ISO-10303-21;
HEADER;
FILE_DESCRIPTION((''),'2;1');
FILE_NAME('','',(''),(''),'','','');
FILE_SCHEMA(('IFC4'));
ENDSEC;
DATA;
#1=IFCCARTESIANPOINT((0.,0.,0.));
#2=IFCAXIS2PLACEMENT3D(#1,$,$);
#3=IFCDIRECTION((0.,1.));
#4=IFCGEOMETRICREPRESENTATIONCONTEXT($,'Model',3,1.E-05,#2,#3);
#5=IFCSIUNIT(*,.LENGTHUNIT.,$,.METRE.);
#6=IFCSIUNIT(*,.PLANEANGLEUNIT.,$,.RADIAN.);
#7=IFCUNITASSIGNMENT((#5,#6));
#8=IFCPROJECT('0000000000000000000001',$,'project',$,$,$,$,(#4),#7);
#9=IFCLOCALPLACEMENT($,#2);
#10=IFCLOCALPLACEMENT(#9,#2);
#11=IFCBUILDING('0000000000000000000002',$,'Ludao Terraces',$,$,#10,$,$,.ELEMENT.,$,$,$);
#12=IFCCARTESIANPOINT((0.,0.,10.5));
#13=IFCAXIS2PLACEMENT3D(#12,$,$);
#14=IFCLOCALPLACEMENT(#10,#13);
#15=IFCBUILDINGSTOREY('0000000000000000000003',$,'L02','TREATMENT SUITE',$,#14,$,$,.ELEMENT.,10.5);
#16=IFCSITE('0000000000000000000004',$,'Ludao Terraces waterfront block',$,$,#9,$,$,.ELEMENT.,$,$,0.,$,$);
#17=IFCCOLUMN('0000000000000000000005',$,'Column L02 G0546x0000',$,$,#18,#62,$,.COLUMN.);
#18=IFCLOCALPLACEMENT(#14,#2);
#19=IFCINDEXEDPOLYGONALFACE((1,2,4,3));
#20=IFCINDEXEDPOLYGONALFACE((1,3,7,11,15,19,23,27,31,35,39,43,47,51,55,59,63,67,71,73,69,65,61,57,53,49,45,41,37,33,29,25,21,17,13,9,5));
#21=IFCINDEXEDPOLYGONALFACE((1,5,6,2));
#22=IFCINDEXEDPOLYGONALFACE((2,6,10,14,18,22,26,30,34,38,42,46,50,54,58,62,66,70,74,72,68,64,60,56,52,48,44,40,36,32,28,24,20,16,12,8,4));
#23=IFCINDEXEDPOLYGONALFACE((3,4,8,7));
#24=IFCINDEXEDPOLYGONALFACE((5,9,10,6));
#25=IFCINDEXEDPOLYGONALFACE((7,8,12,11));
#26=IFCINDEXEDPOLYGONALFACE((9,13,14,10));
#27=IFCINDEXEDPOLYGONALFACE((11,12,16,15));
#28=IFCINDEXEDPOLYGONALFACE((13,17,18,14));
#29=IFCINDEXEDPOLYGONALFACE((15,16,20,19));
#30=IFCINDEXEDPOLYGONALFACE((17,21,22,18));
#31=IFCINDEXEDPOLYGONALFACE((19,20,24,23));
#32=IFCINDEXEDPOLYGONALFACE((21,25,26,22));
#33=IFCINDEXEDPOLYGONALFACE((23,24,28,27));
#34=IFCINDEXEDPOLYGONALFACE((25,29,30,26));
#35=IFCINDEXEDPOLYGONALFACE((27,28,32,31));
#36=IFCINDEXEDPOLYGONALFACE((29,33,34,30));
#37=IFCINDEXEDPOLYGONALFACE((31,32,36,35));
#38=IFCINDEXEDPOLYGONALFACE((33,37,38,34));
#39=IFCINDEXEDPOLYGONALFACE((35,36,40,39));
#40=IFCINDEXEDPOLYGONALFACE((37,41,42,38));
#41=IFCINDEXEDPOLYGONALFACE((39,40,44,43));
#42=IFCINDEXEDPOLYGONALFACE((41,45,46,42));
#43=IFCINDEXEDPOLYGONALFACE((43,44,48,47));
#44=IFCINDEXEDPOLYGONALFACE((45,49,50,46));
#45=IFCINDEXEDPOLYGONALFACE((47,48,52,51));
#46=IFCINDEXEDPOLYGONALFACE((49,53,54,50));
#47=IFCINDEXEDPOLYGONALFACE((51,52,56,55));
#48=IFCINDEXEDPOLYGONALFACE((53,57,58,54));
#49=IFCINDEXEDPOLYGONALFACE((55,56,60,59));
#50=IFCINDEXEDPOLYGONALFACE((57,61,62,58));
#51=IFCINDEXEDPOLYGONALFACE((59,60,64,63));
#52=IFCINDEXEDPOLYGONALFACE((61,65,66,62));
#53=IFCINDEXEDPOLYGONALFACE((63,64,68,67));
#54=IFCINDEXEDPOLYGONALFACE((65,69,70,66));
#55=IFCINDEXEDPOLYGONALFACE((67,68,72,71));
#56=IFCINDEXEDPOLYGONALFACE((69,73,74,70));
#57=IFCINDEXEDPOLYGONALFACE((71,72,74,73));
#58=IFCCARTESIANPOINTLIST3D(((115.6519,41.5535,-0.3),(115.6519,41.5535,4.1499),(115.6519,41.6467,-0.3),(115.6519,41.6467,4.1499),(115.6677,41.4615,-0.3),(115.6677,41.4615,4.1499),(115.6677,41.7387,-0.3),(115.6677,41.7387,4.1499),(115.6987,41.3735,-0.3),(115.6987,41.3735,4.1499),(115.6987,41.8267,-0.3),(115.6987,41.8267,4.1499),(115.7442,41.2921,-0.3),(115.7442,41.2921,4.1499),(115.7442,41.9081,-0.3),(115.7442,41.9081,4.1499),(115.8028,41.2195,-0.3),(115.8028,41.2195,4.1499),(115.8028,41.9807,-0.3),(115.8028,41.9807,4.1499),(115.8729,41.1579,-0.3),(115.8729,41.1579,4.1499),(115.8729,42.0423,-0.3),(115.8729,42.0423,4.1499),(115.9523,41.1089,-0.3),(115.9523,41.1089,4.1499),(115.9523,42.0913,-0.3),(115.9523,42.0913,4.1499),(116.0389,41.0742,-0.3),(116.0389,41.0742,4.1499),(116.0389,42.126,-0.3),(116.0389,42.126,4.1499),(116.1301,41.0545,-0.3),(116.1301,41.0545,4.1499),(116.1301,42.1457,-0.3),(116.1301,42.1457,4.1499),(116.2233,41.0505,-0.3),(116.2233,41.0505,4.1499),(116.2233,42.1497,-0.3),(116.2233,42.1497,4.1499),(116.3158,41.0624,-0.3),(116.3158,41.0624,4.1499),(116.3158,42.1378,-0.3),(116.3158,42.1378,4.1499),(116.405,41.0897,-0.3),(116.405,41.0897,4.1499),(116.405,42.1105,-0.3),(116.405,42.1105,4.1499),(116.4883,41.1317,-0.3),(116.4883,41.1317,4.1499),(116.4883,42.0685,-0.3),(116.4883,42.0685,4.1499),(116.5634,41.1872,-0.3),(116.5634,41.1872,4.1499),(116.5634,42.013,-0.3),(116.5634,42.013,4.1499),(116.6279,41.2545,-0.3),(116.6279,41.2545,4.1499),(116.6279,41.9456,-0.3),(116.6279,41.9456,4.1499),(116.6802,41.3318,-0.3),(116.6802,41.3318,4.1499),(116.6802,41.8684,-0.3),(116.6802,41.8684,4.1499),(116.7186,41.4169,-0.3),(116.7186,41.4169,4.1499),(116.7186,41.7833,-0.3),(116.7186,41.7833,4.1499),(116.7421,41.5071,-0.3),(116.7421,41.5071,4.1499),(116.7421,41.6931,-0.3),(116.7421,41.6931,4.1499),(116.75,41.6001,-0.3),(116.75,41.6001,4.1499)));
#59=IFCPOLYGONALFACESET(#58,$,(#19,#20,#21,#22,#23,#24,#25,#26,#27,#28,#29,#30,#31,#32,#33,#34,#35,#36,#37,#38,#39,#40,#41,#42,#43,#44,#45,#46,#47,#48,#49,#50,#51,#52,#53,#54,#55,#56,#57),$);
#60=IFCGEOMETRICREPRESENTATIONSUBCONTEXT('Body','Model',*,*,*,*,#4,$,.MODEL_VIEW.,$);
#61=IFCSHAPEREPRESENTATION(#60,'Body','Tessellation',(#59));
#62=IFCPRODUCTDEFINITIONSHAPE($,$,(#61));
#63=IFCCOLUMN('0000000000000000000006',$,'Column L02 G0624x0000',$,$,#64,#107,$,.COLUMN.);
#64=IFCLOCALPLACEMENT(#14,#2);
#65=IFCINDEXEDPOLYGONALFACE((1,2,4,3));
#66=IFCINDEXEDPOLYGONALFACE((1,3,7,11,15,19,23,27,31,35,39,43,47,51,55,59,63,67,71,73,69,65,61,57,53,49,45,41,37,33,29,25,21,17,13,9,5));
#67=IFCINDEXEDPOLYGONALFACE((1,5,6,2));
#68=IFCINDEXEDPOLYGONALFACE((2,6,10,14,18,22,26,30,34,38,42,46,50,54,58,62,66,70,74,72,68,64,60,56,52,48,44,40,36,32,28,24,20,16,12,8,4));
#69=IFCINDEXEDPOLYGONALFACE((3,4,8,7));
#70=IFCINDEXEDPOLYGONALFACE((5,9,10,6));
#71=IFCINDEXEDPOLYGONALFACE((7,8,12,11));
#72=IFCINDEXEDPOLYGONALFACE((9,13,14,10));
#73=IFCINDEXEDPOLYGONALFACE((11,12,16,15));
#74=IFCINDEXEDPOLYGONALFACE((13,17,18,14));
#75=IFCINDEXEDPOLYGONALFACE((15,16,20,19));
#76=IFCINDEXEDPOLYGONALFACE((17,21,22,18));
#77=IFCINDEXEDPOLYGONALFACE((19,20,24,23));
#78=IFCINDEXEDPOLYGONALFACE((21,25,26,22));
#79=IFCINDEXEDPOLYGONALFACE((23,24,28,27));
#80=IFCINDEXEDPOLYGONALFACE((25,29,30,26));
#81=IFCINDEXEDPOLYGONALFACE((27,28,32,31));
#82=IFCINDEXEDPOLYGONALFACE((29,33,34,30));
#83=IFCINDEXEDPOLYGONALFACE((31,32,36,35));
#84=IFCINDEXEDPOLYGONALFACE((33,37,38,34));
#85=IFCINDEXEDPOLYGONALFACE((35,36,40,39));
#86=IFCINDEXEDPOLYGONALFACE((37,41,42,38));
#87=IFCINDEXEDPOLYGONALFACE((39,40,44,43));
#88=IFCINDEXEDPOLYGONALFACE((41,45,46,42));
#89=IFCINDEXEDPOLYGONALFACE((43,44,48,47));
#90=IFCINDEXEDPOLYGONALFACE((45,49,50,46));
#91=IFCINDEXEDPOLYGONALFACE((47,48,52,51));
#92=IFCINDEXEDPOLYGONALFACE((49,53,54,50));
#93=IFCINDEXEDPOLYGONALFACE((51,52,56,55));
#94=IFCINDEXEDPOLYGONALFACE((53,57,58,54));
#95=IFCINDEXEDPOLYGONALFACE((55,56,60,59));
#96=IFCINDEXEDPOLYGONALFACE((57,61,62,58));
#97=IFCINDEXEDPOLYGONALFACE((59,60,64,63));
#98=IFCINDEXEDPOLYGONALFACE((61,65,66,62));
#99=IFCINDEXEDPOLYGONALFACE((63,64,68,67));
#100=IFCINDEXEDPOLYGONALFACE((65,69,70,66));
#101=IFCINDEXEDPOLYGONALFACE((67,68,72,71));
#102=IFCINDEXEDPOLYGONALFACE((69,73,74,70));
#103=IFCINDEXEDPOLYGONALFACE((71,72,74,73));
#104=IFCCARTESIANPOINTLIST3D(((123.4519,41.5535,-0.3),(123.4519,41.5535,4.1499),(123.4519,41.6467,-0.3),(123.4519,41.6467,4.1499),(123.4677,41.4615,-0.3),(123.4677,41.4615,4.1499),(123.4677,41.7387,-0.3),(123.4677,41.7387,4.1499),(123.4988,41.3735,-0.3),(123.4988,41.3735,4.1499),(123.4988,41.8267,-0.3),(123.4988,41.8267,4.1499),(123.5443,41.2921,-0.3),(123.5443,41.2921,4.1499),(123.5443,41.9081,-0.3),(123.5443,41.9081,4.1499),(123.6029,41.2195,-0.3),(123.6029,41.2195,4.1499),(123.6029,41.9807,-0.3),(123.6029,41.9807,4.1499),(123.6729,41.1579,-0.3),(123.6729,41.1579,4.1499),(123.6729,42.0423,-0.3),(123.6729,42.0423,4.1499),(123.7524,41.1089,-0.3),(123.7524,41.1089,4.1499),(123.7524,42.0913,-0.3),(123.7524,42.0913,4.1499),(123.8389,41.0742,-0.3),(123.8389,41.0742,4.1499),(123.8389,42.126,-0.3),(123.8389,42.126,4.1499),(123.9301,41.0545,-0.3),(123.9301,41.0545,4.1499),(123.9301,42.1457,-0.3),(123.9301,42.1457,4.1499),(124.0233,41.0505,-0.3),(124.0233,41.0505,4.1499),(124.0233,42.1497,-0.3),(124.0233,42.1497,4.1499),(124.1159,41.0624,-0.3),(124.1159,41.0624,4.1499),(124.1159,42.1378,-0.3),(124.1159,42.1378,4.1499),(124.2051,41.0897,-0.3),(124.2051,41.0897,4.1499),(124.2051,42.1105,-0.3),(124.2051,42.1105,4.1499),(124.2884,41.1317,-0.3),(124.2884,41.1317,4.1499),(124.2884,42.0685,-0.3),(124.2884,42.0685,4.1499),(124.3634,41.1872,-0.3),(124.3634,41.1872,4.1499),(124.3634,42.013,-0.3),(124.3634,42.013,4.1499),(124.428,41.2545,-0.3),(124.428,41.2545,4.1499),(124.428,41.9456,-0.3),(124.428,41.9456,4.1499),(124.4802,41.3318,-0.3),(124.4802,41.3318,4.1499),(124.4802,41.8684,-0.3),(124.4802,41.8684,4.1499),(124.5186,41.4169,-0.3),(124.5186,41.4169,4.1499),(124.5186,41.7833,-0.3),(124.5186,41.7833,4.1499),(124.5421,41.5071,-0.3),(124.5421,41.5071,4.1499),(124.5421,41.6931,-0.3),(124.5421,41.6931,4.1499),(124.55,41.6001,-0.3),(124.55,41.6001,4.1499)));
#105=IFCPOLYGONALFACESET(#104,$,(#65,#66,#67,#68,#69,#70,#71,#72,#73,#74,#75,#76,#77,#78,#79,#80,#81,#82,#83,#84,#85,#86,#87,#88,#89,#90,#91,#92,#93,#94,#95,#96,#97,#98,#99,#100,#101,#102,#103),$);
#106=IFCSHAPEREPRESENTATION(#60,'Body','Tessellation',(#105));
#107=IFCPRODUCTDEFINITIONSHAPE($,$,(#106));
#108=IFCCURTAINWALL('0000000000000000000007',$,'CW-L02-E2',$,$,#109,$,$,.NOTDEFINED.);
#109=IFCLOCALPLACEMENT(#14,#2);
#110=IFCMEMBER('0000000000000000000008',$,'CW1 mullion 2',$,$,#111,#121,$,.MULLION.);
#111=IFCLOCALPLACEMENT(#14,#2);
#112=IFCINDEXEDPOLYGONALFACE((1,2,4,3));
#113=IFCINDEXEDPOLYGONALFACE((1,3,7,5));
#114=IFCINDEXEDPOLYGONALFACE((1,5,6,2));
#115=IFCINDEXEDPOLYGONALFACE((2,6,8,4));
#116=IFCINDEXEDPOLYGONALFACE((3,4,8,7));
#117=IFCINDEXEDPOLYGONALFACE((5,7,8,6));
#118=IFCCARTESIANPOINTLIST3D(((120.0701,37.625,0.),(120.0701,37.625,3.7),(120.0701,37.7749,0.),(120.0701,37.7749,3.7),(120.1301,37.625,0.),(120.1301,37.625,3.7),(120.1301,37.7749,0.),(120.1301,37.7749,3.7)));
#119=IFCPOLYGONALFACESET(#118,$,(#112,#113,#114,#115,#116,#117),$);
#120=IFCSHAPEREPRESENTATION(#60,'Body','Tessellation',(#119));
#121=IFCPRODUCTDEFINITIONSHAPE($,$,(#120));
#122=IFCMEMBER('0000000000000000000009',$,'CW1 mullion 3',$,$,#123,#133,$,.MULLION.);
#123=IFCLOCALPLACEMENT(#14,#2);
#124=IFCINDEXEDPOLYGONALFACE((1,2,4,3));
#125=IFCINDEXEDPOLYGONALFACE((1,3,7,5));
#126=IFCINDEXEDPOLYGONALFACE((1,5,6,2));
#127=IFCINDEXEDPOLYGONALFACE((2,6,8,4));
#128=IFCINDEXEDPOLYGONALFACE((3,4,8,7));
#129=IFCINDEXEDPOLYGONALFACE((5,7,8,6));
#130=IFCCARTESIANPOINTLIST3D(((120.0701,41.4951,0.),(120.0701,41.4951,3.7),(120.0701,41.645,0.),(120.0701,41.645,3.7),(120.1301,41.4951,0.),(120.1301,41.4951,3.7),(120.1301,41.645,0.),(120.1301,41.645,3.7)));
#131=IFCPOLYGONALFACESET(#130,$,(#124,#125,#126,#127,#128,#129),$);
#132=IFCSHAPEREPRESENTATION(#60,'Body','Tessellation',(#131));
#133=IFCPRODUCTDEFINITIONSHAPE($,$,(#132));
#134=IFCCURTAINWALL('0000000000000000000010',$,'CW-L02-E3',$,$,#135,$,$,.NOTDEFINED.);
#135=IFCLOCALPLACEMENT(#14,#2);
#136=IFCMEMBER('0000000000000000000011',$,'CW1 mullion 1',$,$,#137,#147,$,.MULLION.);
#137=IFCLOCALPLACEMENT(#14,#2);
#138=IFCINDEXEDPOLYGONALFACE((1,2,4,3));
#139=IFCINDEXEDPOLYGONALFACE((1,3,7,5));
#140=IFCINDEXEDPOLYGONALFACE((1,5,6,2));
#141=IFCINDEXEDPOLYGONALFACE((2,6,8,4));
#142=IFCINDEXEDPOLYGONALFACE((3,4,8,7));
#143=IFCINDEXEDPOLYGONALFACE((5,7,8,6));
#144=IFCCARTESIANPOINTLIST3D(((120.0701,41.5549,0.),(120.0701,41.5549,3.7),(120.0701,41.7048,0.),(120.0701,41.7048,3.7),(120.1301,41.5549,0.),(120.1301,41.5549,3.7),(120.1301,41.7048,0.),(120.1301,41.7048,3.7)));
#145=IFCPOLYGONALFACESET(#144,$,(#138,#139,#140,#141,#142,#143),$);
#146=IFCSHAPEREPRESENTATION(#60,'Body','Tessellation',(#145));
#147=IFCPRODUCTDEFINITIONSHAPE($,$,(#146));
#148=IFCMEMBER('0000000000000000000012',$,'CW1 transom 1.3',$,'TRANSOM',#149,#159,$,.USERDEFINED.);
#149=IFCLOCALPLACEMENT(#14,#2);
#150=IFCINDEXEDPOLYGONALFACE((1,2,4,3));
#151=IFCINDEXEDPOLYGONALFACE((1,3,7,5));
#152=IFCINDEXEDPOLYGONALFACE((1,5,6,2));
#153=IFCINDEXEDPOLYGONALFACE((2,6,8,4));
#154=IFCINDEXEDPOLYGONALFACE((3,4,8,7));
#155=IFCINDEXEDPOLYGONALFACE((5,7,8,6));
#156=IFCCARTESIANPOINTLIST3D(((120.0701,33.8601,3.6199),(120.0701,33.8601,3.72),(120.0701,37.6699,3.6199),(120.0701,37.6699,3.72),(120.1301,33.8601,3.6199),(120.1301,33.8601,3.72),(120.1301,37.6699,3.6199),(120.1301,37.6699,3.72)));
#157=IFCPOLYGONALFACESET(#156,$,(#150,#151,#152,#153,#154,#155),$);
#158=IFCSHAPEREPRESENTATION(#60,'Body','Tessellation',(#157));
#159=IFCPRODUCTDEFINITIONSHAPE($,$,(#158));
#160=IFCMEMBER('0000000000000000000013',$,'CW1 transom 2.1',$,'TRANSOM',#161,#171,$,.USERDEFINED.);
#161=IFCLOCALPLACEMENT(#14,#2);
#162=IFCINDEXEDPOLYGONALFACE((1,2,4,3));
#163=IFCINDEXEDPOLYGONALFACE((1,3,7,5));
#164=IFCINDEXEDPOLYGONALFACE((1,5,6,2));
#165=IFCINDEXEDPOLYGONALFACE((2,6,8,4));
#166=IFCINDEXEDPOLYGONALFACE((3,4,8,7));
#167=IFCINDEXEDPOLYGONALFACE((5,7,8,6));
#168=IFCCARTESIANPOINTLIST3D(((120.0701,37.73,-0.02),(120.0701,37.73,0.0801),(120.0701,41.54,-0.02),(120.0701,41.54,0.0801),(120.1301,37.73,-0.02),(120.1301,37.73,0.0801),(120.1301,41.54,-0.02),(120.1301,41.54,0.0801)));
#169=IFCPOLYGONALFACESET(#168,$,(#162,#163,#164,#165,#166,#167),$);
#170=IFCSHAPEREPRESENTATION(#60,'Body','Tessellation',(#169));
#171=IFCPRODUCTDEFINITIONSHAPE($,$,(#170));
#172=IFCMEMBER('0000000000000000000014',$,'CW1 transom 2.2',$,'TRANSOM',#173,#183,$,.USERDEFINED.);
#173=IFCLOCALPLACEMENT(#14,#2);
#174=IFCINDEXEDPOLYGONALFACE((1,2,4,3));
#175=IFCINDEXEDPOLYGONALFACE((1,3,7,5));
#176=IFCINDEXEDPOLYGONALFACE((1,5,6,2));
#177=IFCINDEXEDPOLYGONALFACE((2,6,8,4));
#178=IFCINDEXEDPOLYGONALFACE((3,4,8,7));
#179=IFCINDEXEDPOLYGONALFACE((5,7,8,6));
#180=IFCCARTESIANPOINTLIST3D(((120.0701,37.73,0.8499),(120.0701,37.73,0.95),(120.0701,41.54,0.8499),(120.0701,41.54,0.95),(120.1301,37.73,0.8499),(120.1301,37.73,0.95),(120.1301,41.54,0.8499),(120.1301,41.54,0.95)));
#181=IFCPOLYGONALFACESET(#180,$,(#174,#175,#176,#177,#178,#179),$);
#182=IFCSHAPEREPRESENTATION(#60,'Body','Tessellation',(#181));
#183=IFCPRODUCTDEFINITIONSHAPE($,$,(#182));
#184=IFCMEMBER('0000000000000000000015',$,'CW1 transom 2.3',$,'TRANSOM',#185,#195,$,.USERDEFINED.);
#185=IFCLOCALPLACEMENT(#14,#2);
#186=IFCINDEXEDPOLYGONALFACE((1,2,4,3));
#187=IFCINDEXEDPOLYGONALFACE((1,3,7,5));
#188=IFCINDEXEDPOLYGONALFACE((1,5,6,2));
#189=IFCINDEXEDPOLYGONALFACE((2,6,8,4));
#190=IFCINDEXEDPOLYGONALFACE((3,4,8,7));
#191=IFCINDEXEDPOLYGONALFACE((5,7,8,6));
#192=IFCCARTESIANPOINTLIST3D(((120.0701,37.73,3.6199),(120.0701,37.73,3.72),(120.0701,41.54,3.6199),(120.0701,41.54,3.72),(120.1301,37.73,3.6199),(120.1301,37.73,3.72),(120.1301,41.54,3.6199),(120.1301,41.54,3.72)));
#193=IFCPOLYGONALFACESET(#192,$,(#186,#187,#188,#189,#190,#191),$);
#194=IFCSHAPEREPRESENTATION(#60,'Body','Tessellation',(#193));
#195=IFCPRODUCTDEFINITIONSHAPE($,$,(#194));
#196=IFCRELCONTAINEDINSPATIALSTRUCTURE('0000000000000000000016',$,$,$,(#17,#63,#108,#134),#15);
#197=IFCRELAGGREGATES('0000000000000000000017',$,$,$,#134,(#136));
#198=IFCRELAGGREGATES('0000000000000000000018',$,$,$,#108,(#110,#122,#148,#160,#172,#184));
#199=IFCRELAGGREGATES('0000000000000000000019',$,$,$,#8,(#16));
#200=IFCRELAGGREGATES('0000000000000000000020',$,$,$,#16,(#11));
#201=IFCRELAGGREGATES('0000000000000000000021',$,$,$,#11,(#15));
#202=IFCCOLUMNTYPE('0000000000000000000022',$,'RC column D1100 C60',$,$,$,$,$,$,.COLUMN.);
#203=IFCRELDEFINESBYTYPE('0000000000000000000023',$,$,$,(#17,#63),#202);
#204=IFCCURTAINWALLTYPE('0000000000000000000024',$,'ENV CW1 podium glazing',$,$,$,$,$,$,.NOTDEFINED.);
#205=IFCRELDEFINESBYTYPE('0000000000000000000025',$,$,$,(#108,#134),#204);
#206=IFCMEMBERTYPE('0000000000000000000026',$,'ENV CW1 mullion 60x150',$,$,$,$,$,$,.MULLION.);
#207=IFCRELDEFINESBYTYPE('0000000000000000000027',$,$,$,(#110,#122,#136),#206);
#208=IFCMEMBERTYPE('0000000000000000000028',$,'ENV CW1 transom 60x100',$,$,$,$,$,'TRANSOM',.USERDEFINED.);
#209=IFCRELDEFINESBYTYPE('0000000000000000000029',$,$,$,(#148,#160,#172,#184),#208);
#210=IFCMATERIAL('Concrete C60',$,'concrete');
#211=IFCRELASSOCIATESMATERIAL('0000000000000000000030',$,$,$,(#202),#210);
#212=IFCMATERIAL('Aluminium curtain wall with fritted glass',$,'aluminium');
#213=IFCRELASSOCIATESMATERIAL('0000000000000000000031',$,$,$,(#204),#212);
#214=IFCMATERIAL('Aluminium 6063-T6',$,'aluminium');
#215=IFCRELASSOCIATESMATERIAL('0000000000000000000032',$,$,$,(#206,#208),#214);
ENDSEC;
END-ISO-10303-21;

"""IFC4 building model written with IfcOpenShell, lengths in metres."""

from ifc_helpers import new_model, si_unit, direction, frame, origin, origin_2d, place, context, subcontext, project, spatial, rectangle, circle, extrude, material, material_profile, profile_set, type_object, element, aggregate, save


model = new_model("IFC4")

# Units and contexts
model_context = context("Model", 3, precision=1e-05, world=origin(), true_north=direction((0.0, 1.0)))
body_context = subcontext(model_context, "Body", "Model", "MODEL_VIEW")
ifc_project = project(units=[si_unit("LENGTHUNIT", "METRE"), si_unit("PLANEANGLEUNIT", "RADIAN")], contexts=[model_context])

# Site, building, storey
site_placement = place(None, origin())
site = spatial("IfcSite", under=ifc_project, at=site_placement, Name="Ludao Terraces waterfront block", CompositionType="ELEMENT", RefElevation=0.0)
building_placement = place(site_placement, origin())
building = spatial("IfcBuilding", under=site, at=building_placement, Name="Ludao Terraces", CompositionType="ELEMENT")
storey_placement = place(building_placement, frame((0.0, 0.0, 10.5)))
storey = spatial("IfcBuildingStorey", under=building, at=storey_placement, Name="L02", Description="TREATMENT SUITE", CompositionType="ELEMENT", Elevation=10.5)

# Columns
ifc_material_1 = material(Name="Concrete C60", Category="concrete")
ifc_material_profile_1 = material_profile(ifc_material_1, circle(Radius=0.55, at=origin_2d()), Name="D1100")
ifc_profile_set_1 = profile_set([ifc_material_profile_1], Name="Concrete C60")
column_type = type_object("IfcColumnType", Name="RC column D1100 C60", PredefinedType="COLUMN", material=ifc_profile_set_1)
for number, where, z_axis, x_axis, name in (
    (1, (116.2, 41.6001, -0.3), (0.0, 0.0, 1.0), (1.0, 0.0, 0.0), "Column L02 G0546x0000"),
    (2, (124.0, 41.6001, -0.3), (0.0, 0.0, 1.0), (1.0, 0.0, 0.0), "Column L02 G0624x0000"),
):
    element("IfcColumn", number, at=place(storey_placement, frame(where, z_axis=z_axis, x_axis=x_axis)), inside=storey, type_object=column_type, Name=name, PredefinedType="COLUMN", context=body_context, shape_type="SweptSolid", body=[
        extrude(circle(Radius=0.55, at=origin_2d()), origin(), (0.0, 0.0, 1.0), 4.45),
    ])

# Curtain wall, members
ifc_material_2 = material(Name="Aluminium curtain wall with fritted glass", Category="aluminium")
curtain_wall_type = type_object("IfcCurtainWallType", Name="ENV CW1 podium glazing", PredefinedType="NOTDEFINED", material=ifc_material_2)
curtain_wall_1_placement = place(storey_placement, origin())
curtain_wall_1 = element("IfcCurtainWall", 3, at=curtain_wall_1_placement, inside=storey, type_object=curtain_wall_type, Name="CW-L02-E2", PredefinedType="NOTDEFINED")
ifc_material_3 = material(Name="Aluminium 6063-T6", Category="aluminium")
ifc_material_profile_2 = material_profile(ifc_material_3, rectangle(XDim=0.0601, YDim=0.1499, at=origin_2d()), Name="60 X 150")
ifc_profile_set_2 = profile_set([ifc_material_profile_2], Name="Aluminium 6063-T6")
member_type_1 = type_object("IfcMemberType", Name="ENV CW1 mullion 60x150", PredefinedType="MULLION", material=ifc_profile_set_2)
member_1_placement = place(storey_placement, frame((120.1001, 37.7, 0.0), z_axis=(0.0, 0.0, 1.0), x_axis=(-1.0, 0.0, 0.0)))
member_1 = element("IfcMember", 4, at=member_1_placement, type_object=member_type_1, Name="CW1 mullion 2", PredefinedType="MULLION", context=body_context, shape_type="SweptSolid", body=[
    extrude(rectangle(XDim=0.0601, YDim=0.1499, at=origin_2d()), origin(), (0.0, 0.0, 1.0), 3.7),
])
member_2_placement = place(storey_placement, frame((120.1001, 41.5701, 0.0), z_axis=(0.0, 0.0, 1.0), x_axis=(-1.0, 0.0, 0.0)))
member_2 = element("IfcMember", 5, at=member_2_placement, type_object=member_type_1, Name="CW1 mullion 3", PredefinedType="MULLION", context=body_context, shape_type="SweptSolid", body=[
    extrude(rectangle(XDim=0.0601, YDim=0.1499, at=origin_2d()), origin(), (0.0, 0.0, 1.0), 3.7),
])

# Curtain wall, member
curtain_wall_2_placement = place(storey_placement, origin())
curtain_wall_2 = element("IfcCurtainWall", 6, at=curtain_wall_2_placement, inside=storey, type_object=curtain_wall_type, Name="CW-L02-E3", PredefinedType="NOTDEFINED")
member_3_placement = place(storey_placement, frame((120.1001, 41.6299, 0.0), z_axis=(0.0, 0.0, 1.0), x_axis=(-1.0, 0.0, 0.0)))
member_3 = element("IfcMember", 7, at=member_3_placement, type_object=member_type_1, Name="CW1 mullion 1", PredefinedType="MULLION", context=body_context, shape_type="SweptSolid", body=[
    extrude(rectangle(XDim=0.0601, YDim=0.1499, at=origin_2d()), origin(), (0.0, 0.0, 1.0), 3.7),
])

# Members
ifc_material_profile_3 = material_profile(ifc_material_3, rectangle(XDim=0.0601, YDim=0.1001, at=origin_2d()), Name="60 X 100")
ifc_profile_set_3 = profile_set([ifc_material_profile_3], Name="Aluminium 6063-T6")
member_type_2 = type_object("IfcMemberType", Name="ENV CW1 transom 60x100", ElementType="TRANSOM", PredefinedType="USERDEFINED", material=ifc_profile_set_3)
member_4_placement = place(storey_placement, frame((120.1001, 33.8601, 3.6699), z_axis=(0.0, 1.0, 0.0), x_axis=(-1.0, 0.0, 0.0)))
member_4 = element("IfcMember", 8, at=member_4_placement, type_object=member_type_2, Name="CW1 transom 1.3", ObjectType="TRANSOM", PredefinedType="USERDEFINED", context=body_context, shape_type="SweptSolid", body=[
    extrude(rectangle(XDim=0.0601, YDim=0.1001, at=origin_2d()), origin(), (0.0, 0.0, 1.0), 3.8098),
])
member_5_placement = place(storey_placement, frame((120.1001, 37.73, 0.03), z_axis=(0.0, 1.0, 0.0), x_axis=(-1.0, 0.0, 0.0)))
member_5 = element("IfcMember", 9, at=member_5_placement, type_object=member_type_2, Name="CW1 transom 2.1", ObjectType="TRANSOM", PredefinedType="USERDEFINED", context=body_context, shape_type="SweptSolid", body=[
    extrude(rectangle(XDim=0.0601, YDim=0.1001, at=origin_2d()), origin(), (0.0, 0.0, 1.0), 3.8101),
])
member_6_placement = place(storey_placement, frame((120.1001, 37.73, 0.8999), z_axis=(0.0, 1.0, 0.0), x_axis=(-1.0, 0.0, 0.0)))
member_6 = element("IfcMember", 10, at=member_6_placement, type_object=member_type_2, Name="CW1 transom 2.2", ObjectType="TRANSOM", PredefinedType="USERDEFINED", context=body_context, shape_type="SweptSolid", body=[
    extrude(rectangle(XDim=0.0601, YDim=0.1001, at=origin_2d()), origin(), (0.0, 0.0, 1.0), 3.8101),
])
member_7_placement = place(storey_placement, frame((120.1001, 37.73, 3.6699), z_axis=(0.0, 1.0, 0.0), x_axis=(-1.0, 0.0, 0.0)))
member_7 = element("IfcMember", 11, at=member_7_placement, type_object=member_type_2, Name="CW1 transom 2.3", ObjectType="TRANSOM", PredefinedType="USERDEFINED", context=body_context, shape_type="SweptSolid", body=[
    extrude(rectangle(XDim=0.0601, YDim=0.1001, at=origin_2d()), origin(), (0.0, 0.0, 1.0), 3.8101),
])
aggregate(curtain_wall_2, [member_3])

aggregate(curtain_wall_1, [member_1, member_2, member_4, member_5, member_6, member_7])

save(model, "model.ifc")
